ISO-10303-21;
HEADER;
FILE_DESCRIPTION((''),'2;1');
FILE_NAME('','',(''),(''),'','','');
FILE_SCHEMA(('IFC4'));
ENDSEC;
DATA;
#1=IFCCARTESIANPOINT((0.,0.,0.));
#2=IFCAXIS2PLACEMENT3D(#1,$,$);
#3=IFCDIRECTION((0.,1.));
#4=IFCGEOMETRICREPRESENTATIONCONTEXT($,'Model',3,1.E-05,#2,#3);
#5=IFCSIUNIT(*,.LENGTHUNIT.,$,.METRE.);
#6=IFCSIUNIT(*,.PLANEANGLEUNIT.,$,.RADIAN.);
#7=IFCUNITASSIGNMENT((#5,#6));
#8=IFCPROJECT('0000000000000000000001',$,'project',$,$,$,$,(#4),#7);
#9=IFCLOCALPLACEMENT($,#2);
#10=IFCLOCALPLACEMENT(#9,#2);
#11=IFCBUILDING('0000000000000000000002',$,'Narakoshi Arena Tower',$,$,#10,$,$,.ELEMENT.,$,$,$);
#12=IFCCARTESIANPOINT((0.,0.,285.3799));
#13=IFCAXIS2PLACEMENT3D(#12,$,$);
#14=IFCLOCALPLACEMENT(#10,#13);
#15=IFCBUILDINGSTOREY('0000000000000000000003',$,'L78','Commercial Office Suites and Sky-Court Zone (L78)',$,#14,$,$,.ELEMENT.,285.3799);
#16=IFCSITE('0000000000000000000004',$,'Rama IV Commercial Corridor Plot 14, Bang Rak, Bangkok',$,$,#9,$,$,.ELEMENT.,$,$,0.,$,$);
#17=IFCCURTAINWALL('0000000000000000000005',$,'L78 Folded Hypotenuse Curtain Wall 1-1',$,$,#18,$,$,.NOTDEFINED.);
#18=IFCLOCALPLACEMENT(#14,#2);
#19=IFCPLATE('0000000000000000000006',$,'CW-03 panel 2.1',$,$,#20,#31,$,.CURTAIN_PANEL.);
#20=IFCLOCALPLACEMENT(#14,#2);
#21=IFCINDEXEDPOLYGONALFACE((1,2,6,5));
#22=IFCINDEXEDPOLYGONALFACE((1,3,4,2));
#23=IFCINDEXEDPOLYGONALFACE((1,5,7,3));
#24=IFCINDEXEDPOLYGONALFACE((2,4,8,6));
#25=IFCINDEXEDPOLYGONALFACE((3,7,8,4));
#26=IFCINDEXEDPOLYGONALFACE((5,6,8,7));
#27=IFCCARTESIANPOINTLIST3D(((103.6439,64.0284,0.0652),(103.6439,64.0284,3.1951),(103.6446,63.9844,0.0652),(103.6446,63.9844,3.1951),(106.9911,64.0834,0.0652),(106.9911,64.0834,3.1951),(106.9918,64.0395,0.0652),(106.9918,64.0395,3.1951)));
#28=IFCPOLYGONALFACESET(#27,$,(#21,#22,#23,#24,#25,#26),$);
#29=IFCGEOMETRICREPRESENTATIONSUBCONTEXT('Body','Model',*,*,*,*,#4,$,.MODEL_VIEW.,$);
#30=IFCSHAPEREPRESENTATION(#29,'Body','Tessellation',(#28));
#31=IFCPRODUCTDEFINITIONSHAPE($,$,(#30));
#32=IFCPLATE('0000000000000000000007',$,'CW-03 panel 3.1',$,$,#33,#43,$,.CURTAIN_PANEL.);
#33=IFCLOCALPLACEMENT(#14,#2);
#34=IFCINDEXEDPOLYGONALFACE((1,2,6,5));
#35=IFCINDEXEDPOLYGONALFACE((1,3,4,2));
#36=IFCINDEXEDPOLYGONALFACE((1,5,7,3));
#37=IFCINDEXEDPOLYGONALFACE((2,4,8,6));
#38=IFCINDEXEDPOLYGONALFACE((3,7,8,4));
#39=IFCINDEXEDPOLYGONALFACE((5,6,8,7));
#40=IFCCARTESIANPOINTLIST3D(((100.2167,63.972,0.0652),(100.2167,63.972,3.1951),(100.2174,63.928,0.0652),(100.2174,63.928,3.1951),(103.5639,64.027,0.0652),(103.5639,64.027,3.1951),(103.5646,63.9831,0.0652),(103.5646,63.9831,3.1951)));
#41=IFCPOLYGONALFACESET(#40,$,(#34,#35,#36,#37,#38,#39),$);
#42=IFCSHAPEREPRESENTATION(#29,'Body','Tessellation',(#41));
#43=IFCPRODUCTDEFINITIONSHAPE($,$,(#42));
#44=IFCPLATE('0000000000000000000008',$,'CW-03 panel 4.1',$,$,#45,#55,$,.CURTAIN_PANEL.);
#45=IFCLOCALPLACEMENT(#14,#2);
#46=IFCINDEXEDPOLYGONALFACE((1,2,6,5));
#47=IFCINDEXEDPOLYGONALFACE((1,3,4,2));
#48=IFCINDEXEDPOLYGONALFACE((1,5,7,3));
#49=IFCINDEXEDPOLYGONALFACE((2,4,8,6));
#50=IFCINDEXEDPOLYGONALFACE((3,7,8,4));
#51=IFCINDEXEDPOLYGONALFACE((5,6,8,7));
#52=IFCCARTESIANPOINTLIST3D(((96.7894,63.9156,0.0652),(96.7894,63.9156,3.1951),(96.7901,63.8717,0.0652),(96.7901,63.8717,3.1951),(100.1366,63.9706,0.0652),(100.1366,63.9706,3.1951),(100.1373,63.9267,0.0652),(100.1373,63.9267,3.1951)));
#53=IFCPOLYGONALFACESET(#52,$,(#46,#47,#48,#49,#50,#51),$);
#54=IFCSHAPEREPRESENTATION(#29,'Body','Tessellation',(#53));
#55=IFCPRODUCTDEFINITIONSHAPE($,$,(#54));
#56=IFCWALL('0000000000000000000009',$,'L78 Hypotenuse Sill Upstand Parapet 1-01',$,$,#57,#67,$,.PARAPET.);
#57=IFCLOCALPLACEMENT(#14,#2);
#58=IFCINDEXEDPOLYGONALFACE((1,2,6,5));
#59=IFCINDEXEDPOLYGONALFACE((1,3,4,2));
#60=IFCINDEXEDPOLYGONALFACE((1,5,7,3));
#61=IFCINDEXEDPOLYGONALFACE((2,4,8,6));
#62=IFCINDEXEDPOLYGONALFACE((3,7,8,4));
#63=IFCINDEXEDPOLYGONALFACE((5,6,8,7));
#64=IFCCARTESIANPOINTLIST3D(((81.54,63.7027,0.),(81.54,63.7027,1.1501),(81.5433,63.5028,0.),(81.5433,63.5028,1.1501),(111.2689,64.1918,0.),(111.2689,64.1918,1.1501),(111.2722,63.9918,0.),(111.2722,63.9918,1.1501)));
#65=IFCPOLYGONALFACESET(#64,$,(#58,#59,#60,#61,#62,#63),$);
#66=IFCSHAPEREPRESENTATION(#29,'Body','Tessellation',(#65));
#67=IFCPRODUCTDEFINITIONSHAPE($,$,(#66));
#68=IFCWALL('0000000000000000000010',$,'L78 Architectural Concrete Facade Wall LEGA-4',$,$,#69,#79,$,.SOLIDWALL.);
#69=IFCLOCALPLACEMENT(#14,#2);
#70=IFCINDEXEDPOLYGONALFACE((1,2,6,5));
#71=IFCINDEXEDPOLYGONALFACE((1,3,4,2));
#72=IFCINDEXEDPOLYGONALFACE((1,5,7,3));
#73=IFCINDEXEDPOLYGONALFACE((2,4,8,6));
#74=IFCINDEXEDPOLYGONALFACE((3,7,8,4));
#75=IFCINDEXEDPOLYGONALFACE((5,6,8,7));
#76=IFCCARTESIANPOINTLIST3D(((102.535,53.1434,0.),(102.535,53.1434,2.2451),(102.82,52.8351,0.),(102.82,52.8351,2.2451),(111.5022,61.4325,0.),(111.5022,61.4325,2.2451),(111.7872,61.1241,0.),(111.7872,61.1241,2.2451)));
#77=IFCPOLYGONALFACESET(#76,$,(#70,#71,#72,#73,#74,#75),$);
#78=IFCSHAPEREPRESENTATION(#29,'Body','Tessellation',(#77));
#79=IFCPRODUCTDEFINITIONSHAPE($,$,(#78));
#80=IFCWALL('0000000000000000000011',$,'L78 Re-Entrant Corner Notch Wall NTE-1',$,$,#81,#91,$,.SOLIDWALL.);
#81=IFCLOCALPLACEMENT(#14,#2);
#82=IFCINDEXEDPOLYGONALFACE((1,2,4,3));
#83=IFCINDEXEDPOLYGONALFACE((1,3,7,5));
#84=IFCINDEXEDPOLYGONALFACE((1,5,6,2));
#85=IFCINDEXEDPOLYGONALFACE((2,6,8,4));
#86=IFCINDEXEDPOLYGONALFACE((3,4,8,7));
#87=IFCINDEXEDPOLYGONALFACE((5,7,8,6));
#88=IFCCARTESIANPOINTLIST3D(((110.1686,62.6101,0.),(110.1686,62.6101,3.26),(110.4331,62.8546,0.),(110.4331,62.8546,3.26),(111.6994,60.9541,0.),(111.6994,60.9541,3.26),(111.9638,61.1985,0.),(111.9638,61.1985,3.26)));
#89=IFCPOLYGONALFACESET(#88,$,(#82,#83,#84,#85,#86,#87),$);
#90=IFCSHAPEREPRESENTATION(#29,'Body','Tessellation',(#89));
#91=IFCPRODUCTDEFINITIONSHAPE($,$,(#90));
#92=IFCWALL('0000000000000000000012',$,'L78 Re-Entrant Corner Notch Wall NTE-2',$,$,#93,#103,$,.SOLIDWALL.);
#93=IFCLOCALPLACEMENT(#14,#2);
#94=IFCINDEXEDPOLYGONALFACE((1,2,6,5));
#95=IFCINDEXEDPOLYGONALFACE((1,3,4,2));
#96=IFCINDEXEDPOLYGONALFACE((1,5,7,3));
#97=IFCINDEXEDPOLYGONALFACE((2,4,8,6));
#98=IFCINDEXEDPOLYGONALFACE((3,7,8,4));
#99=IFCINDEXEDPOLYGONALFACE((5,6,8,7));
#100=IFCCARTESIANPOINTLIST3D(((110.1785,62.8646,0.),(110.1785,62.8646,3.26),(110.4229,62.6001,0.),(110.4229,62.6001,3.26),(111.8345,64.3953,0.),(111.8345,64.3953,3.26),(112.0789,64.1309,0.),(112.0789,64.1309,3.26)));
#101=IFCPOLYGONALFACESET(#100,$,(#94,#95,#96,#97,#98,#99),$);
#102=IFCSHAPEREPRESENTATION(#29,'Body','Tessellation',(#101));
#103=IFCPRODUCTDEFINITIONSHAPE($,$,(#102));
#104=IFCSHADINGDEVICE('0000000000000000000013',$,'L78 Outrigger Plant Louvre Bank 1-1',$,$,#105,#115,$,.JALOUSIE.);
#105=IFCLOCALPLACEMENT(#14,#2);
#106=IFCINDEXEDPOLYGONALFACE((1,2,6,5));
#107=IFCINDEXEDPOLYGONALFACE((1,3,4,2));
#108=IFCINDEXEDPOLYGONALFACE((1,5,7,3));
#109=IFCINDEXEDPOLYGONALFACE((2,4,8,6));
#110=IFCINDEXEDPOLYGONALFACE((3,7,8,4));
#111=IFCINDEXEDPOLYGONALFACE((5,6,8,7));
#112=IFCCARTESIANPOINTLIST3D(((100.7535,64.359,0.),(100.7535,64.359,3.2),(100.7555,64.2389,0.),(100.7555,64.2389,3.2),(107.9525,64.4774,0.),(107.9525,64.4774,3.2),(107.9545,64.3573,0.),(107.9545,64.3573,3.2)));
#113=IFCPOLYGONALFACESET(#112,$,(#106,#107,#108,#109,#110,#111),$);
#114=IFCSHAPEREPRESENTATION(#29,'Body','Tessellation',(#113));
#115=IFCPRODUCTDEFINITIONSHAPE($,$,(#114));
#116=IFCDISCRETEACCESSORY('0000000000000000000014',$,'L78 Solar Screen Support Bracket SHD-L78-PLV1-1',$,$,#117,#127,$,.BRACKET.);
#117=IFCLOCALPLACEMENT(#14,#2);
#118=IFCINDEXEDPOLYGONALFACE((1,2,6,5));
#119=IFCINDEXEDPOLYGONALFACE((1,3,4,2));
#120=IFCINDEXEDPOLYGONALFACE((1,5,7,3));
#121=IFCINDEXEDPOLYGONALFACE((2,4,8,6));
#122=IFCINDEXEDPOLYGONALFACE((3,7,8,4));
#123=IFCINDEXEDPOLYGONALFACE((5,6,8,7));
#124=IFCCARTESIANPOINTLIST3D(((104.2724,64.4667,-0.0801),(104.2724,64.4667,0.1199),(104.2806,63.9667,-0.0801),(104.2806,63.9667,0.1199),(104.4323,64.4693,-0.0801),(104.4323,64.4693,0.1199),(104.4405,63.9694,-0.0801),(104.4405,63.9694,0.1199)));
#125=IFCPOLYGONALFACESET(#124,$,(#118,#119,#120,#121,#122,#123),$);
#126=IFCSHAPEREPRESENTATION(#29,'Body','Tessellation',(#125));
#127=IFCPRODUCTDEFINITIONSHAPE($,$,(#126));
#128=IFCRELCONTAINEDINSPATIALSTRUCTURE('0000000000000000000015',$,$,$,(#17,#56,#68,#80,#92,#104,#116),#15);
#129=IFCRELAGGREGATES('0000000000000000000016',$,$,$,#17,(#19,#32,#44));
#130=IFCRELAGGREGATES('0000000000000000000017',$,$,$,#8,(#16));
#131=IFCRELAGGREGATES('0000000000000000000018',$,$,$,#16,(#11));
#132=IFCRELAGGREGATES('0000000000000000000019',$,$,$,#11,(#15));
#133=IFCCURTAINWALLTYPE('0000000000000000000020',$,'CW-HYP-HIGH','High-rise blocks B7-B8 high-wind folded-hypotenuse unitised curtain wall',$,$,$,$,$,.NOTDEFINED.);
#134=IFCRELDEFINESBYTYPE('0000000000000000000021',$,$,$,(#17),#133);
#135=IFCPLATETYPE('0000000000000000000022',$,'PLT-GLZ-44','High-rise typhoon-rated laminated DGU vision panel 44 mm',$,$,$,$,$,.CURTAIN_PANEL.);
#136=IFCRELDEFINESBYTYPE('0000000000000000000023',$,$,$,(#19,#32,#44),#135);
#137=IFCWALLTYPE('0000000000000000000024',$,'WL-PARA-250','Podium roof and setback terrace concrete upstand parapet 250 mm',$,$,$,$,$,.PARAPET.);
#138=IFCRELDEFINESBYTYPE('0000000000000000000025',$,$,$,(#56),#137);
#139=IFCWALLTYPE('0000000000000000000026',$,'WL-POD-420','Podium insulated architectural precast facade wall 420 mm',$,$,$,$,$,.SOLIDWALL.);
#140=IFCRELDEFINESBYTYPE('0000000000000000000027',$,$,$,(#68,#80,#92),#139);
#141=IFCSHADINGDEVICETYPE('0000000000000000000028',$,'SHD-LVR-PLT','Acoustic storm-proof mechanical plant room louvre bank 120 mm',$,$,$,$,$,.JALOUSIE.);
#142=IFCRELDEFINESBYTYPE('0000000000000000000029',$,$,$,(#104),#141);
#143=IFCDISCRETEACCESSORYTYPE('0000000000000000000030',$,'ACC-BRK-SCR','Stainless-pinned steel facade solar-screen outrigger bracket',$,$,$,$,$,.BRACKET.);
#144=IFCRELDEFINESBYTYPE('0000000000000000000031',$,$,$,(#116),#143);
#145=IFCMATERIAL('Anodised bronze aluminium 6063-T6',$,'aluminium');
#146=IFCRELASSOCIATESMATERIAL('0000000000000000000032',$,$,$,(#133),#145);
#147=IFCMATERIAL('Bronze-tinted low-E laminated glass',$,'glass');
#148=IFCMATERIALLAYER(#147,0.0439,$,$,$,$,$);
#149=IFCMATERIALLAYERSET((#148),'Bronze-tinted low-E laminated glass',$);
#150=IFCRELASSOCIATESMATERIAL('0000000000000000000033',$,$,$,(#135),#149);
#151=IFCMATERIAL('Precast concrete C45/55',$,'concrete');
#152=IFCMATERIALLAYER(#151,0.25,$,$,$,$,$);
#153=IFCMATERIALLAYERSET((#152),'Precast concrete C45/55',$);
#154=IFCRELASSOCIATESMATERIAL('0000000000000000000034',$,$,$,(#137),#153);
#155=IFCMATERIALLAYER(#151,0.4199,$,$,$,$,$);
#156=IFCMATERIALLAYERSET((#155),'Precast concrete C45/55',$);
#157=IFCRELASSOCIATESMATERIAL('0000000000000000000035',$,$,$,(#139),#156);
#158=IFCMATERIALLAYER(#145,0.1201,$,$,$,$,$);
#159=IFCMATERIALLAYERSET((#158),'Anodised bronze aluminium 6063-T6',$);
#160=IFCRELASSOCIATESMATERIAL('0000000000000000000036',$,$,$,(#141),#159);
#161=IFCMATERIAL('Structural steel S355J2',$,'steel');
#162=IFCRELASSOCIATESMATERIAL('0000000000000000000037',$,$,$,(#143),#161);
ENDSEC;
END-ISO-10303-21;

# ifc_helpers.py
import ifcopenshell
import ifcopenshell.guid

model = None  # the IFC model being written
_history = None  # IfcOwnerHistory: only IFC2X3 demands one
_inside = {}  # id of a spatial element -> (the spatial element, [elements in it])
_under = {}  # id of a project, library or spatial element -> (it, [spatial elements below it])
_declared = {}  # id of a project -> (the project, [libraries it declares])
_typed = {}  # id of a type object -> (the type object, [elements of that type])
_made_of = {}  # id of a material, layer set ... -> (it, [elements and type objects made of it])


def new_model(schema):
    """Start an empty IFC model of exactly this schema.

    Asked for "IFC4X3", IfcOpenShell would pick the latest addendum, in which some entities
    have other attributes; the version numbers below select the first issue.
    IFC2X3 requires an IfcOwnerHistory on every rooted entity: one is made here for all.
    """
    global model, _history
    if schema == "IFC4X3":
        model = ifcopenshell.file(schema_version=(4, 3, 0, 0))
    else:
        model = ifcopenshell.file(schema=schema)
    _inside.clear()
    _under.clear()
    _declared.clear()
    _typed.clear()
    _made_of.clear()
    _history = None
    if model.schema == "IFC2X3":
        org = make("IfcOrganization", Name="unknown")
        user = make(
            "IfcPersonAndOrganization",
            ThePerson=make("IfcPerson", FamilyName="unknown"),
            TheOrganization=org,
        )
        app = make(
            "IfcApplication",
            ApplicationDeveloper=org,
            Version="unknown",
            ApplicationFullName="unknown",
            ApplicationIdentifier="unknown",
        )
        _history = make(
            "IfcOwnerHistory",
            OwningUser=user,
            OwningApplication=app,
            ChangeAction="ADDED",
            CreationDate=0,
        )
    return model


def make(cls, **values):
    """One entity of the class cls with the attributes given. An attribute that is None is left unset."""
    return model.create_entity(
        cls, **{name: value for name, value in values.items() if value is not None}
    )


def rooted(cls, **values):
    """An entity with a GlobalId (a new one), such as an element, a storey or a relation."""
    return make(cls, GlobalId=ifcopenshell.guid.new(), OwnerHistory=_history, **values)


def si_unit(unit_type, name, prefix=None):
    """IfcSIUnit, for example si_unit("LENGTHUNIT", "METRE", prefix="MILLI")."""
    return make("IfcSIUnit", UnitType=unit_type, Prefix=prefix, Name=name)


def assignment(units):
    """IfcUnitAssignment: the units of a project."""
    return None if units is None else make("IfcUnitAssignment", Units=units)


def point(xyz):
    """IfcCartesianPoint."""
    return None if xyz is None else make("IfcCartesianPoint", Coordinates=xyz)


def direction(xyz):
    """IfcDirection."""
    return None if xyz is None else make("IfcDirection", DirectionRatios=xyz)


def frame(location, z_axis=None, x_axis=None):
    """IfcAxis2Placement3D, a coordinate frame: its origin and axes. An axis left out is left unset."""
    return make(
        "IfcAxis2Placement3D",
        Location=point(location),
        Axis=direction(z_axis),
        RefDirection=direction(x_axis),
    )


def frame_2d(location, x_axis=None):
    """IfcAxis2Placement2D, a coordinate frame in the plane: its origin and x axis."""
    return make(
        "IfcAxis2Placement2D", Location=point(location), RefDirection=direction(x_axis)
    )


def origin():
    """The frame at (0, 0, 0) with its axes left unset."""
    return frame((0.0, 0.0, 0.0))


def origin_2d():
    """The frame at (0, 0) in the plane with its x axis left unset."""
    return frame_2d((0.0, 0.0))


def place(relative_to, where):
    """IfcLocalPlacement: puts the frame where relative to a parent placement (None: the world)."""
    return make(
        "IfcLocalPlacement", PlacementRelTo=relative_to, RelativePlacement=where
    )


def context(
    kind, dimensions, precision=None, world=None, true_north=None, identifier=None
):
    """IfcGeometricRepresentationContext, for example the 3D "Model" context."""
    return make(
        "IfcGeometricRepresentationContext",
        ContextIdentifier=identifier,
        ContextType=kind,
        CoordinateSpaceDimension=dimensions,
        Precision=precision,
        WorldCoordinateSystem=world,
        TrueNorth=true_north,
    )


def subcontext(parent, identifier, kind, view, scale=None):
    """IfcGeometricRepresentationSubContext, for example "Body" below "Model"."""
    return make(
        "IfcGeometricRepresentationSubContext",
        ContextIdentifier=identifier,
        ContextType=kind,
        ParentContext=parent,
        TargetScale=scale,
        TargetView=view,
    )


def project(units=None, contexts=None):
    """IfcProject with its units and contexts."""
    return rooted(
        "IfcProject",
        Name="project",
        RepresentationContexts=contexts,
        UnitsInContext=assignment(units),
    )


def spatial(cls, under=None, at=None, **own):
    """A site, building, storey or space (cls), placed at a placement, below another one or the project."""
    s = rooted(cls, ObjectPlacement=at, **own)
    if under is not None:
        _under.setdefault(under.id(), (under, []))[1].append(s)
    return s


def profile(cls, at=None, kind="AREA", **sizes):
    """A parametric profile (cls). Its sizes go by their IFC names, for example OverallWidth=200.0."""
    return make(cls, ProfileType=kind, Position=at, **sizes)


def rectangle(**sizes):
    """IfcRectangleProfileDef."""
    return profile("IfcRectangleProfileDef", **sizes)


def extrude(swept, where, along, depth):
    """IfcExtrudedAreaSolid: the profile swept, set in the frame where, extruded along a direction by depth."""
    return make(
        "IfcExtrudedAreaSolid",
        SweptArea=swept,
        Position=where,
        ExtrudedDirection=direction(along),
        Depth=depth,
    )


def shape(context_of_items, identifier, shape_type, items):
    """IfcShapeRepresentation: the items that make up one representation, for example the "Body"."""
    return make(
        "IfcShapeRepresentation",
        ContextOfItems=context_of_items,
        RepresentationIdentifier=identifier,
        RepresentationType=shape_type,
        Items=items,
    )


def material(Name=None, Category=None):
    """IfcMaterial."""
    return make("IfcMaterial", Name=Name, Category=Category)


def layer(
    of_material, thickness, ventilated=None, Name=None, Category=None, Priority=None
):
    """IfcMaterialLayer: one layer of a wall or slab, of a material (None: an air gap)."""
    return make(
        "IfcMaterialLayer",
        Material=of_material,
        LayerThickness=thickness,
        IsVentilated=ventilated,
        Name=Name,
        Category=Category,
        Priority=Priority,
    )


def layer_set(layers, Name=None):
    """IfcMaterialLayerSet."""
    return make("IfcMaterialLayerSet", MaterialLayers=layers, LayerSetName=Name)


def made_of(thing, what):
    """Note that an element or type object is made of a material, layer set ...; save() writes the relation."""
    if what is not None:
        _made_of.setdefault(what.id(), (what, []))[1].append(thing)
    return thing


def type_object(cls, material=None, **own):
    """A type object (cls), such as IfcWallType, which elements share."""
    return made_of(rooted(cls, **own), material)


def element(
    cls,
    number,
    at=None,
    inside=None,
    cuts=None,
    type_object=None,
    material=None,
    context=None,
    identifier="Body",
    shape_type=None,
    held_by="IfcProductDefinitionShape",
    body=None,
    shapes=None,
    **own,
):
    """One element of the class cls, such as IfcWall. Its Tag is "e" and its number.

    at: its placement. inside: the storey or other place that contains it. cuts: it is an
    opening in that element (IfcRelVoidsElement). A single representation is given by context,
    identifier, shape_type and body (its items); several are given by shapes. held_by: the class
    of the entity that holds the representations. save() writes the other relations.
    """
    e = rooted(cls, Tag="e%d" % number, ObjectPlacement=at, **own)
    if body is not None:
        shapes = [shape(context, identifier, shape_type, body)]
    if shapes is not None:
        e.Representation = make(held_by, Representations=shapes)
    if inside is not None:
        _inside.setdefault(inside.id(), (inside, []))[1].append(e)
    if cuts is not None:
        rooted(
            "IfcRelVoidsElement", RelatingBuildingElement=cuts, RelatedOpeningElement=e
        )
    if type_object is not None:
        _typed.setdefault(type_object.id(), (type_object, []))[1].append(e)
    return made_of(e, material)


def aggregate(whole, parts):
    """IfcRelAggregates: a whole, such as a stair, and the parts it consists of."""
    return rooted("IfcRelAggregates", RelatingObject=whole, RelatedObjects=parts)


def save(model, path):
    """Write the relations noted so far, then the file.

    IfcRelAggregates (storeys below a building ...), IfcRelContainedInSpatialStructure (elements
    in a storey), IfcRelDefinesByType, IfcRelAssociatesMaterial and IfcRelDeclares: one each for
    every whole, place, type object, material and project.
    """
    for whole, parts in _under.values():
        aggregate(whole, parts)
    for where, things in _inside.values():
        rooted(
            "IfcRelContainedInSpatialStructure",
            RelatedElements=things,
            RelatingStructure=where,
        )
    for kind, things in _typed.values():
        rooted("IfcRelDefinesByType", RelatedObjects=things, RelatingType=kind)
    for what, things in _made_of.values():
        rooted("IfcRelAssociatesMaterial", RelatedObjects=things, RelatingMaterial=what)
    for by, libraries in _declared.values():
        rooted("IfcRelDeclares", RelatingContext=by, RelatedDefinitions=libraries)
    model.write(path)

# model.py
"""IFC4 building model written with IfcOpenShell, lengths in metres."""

from ifc_helpers import new_model, si_unit, direction, frame, frame_2d, origin, origin_2d, place, context, subcontext, project, spatial, rectangle, extrude, material, layer, layer_set, type_object, element, aggregate, save


model = new_model("IFC4")

# Units and contexts
model_context = context("Model", 3, precision=1e-05, world=origin(), true_north=direction((0.0, 1.0)))
body_context = subcontext(model_context, "Body", "Model", "MODEL_VIEW")
ifc_project = project(units=[si_unit("LENGTHUNIT", "METRE"), si_unit("PLANEANGLEUNIT", "RADIAN")], contexts=[model_context])

# Site, building, storey
site_placement = place(None, origin())
site = spatial("IfcSite", under=ifc_project, at=site_placement, Name="Rama IV Commercial Corridor Plot 14, Bang Rak, Bangkok", CompositionType="ELEMENT", RefElevation=0.0)
building_placement = place(site_placement, origin())
building = spatial("IfcBuilding", under=site, at=building_placement, Name="Narakoshi Arena Tower", CompositionType="ELEMENT")
storey_placement = place(building_placement, frame((0.0, 0.0, 285.3799)))
storey = spatial("IfcBuildingStorey", under=building, at=storey_placement, Name="L78", Description="Commercial Office Suites and Sky-Court Zone (L78)", CompositionType="ELEMENT", Elevation=285.3799)

# Shared definitions
ifc_material_1 = material(Name="Structural steel S355J2", Category="steel")

# Curtain wall, plates
ifc_material_2 = material(Name="Anodised bronze aluminium 6063-T6", Category="aluminium")
curtain_wall_type = type_object("IfcCurtainWallType", Name="CW-HYP-HIGH", Description="High-rise blocks B7-B8 high-wind folded-hypotenuse unitised curtain wall", PredefinedType="NOTDEFINED", material=ifc_material_2)
curtain_wall_placement = place(storey_placement, origin())
curtain_wall = element("IfcCurtainWall", 1, at=curtain_wall_placement, inside=storey, type_object=curtain_wall_type, Name="L78 Folded Hypotenuse Curtain Wall 1-1", PredefinedType="NOTDEFINED")
ifc_material_3 = material(Name="Bronze-tinted low-E laminated glass", Category="glass")
ifc_layer_1 = layer(ifc_material_3, 0.0439)
ifc_layer_set_1 = layer_set([ifc_layer_1], Name="Bronze-tinted low-E laminated glass")
plate_type = type_object("IfcPlateType", Name="PLT-GLZ-44", Description="High-rise typhoon-rated laminated DGU vision panel 44 mm", PredefinedType="CURTAIN_PANEL", material=ifc_layer_set_1)
plate_1_placement = place(storey_placement, frame((105.3179, 64.0339, 0.0652), z_axis=(0.0, 0.0, 1.0), x_axis=(-0.999865, -0.016443, 0.0)))
plate_1 = element("IfcPlate", 2, at=plate_1_placement, type_object=plate_type, Name="CW-03 panel 2.1", PredefinedType="CURTAIN_PANEL", context=body_context, shape_type="SweptSolid", body=[
    extrude(rectangle(XDim=3.3477, YDim=0.0439, at=origin_2d()), origin(), (0.0, 0.0, 1.0), 3.1299),
])
plate_2_placement = place(storey_placement, frame((101.8906, 63.9775, 0.0652), z_axis=(0.0, 0.0, 1.0), x_axis=(-0.999865, -0.016443, 0.0)))
plate_2 = element("IfcPlate", 3, at=plate_2_placement, type_object=plate_type, Name="CW-03 panel 3.1", PredefinedType="CURTAIN_PANEL", context=body_context, shape_type="SweptSolid", body=[
    extrude(rectangle(XDim=3.3477, YDim=0.0439, at=origin_2d()), origin(), (0.0, 0.0, 1.0), 3.1299),
])
plate_3_placement = place(storey_placement, frame((98.4634, 63.9211, 0.0652), z_axis=(0.0, 0.0, 1.0), x_axis=(-0.999865, -0.016443, 0.0)))
plate_3 = element("IfcPlate", 4, at=plate_3_placement, type_object=plate_type, Name="CW-03 panel 4.1", PredefinedType="CURTAIN_PANEL", context=body_context, shape_type="SweptSolid", body=[
    extrude(rectangle(XDim=3.3477, YDim=0.0439, at=origin_2d()), origin(), (0.0, 0.0, 1.0), 3.1299),
])
aggregate(curtain_wall, [plate_1, plate_2, plate_3])

# Walls
ifc_material_4 = material(Name="Precast concrete C45/55", Category="concrete")
ifc_layer_2 = layer(ifc_material_4, 0.25)
ifc_layer_set_2 = layer_set([ifc_layer_2], Name="Precast concrete C45/55")
wall_type_1 = type_object("IfcWallType", Name="WL-PARA-250", Description="Podium roof and setback terrace concrete upstand parapet 250 mm", PredefinedType="PARAPET", material=ifc_layer_set_2)
wall_1_placement = place(storey_placement, frame((111.2705, 64.0918, 0.0), z_axis=(0.0, 0.0, 1.0), x_axis=(-0.999865, -0.016447, 0.0)))
element("IfcWall", 5, at=wall_1_placement, inside=storey, type_object=wall_type_1, Name="L78 Hypotenuse Sill Upstand Parapet 1-01", PredefinedType="PARAPET", context=body_context, shape_type="SweptSolid", body=[
    extrude(rectangle(XDim=29.7329, YDim=0.2, at=frame_2d((14.8665, 0.0))), origin(), (0.0, 0.0, 1.0), 1.1501),
])
ifc_layer_3 = layer(ifc_material_4, 0.4199)
ifc_layer_set_3 = layer_set([ifc_layer_3], Name="Precast concrete C45/55")
wall_type_2 = type_object("IfcWallType", Name="WL-POD-420", Description="Podium insulated architectural precast facade wall 420 mm", PredefinedType="SOLIDWALL", material=ifc_layer_set_3)
wall_2_placement = place(storey_placement, frame((102.6775, 52.9893, 0.0), z_axis=(0.0, 0.0, 1.0), x_axis=(0.734331, 0.678791, 0.0)))
element("IfcWall", 6, at=wall_2_placement, inside=storey, type_object=wall_type_2, Name="L78 Architectural Concrete Facade Wall LEGA-4", PredefinedType="SOLIDWALL", context=body_context, shape_type="SweptSolid", body=[
    extrude(rectangle(XDim=12.2114, YDim=0.4199, at=frame_2d((6.1057, 0.0))), origin(), (0.0, 0.0, 1.0), 2.2451),
])
for number, where, z_axis, x_axis, name in (
    (7, (111.8315, 61.0764, 0.0), (0.0, 0.0, 1.0), (-0.678793, 0.73433, 0.0), "L78 Re-Entrant Corner Notch Wall NTE-1"),
    (8, (110.3008, 62.7324, 0.0), (0.0, 0.0, 1.0), (0.73433, 0.678793, 0.0), "L78 Re-Entrant Corner Notch Wall NTE-2"),
):
    element("IfcWall", number, at=place(storey_placement, frame(where, z_axis=z_axis, x_axis=x_axis)), inside=storey, type_object=wall_type_2, Name=name, PredefinedType="SOLIDWALL", context=body_context, shape_type="SweptSolid", body=[
        extrude(rectangle(XDim=2.2551, YDim=0.3601, at=frame_2d((1.1274, 0.0))), origin(), (0.0, 0.0, 1.0), 3.26),
    ])

# Shading device
ifc_layer_4 = layer(ifc_material_2, 0.1201)
ifc_layer_set_4 = layer_set([ifc_layer_4], Name="Anodised bronze aluminium 6063-T6")
shading_device_type = type_object("IfcShadingDeviceType", Name="SHD-LVR-PLT", Description="Acoustic storm-proof mechanical plant room louvre bank 120 mm", PredefinedType="JALOUSIE", material=ifc_layer_set_4)
shading_device_placement = place(storey_placement, frame((104.354, 64.3582, 0.0), z_axis=(0.0, 0.0, 1.0), x_axis=(-0.999865, -0.01644, 0.0)))
element("IfcShadingDevice", 9, at=shading_device_placement, inside=storey, type_object=shading_device_type, Name="L78 Outrigger Plant Louvre Bank 1-1", PredefinedType="JALOUSIE", context=body_context, shape_type="SweptSolid", body=[
    extrude(rectangle(XDim=7.2, YDim=0.1201, at=origin_2d()), origin(), (0.0, 0.0, 1.0), 3.2),
])

# Discrete accessory
discrete_accessory_type = type_object("IfcDiscreteAccessoryType", Name="ACC-BRK-SCR", Description="Stainless-pinned steel facade solar-screen outrigger bracket", PredefinedType="BRACKET", material=ifc_material_1)
discrete_accessory_placement = place(storey_placement, frame((104.3564, 64.218, -0.0801), z_axis=(0.0, 0.0, 1.0), x_axis=(-0.999865, -0.01644, 0.0)))
element("IfcDiscreteAccessory", 10, at=discrete_accessory_placement, inside=storey, type_object=discrete_accessory_type, Name="L78 Solar Screen Support Bracket SHD-L78-PLV1-1", PredefinedType="BRACKET", context=body_context, shape_type="SweptSolid", body=[
    extrude(rectangle(XDim=0.1599, YDim=0.5, at=origin_2d()), origin(), (0.0, 0.0, 1.0), 0.2),
])

save(model, "model.ifc")
